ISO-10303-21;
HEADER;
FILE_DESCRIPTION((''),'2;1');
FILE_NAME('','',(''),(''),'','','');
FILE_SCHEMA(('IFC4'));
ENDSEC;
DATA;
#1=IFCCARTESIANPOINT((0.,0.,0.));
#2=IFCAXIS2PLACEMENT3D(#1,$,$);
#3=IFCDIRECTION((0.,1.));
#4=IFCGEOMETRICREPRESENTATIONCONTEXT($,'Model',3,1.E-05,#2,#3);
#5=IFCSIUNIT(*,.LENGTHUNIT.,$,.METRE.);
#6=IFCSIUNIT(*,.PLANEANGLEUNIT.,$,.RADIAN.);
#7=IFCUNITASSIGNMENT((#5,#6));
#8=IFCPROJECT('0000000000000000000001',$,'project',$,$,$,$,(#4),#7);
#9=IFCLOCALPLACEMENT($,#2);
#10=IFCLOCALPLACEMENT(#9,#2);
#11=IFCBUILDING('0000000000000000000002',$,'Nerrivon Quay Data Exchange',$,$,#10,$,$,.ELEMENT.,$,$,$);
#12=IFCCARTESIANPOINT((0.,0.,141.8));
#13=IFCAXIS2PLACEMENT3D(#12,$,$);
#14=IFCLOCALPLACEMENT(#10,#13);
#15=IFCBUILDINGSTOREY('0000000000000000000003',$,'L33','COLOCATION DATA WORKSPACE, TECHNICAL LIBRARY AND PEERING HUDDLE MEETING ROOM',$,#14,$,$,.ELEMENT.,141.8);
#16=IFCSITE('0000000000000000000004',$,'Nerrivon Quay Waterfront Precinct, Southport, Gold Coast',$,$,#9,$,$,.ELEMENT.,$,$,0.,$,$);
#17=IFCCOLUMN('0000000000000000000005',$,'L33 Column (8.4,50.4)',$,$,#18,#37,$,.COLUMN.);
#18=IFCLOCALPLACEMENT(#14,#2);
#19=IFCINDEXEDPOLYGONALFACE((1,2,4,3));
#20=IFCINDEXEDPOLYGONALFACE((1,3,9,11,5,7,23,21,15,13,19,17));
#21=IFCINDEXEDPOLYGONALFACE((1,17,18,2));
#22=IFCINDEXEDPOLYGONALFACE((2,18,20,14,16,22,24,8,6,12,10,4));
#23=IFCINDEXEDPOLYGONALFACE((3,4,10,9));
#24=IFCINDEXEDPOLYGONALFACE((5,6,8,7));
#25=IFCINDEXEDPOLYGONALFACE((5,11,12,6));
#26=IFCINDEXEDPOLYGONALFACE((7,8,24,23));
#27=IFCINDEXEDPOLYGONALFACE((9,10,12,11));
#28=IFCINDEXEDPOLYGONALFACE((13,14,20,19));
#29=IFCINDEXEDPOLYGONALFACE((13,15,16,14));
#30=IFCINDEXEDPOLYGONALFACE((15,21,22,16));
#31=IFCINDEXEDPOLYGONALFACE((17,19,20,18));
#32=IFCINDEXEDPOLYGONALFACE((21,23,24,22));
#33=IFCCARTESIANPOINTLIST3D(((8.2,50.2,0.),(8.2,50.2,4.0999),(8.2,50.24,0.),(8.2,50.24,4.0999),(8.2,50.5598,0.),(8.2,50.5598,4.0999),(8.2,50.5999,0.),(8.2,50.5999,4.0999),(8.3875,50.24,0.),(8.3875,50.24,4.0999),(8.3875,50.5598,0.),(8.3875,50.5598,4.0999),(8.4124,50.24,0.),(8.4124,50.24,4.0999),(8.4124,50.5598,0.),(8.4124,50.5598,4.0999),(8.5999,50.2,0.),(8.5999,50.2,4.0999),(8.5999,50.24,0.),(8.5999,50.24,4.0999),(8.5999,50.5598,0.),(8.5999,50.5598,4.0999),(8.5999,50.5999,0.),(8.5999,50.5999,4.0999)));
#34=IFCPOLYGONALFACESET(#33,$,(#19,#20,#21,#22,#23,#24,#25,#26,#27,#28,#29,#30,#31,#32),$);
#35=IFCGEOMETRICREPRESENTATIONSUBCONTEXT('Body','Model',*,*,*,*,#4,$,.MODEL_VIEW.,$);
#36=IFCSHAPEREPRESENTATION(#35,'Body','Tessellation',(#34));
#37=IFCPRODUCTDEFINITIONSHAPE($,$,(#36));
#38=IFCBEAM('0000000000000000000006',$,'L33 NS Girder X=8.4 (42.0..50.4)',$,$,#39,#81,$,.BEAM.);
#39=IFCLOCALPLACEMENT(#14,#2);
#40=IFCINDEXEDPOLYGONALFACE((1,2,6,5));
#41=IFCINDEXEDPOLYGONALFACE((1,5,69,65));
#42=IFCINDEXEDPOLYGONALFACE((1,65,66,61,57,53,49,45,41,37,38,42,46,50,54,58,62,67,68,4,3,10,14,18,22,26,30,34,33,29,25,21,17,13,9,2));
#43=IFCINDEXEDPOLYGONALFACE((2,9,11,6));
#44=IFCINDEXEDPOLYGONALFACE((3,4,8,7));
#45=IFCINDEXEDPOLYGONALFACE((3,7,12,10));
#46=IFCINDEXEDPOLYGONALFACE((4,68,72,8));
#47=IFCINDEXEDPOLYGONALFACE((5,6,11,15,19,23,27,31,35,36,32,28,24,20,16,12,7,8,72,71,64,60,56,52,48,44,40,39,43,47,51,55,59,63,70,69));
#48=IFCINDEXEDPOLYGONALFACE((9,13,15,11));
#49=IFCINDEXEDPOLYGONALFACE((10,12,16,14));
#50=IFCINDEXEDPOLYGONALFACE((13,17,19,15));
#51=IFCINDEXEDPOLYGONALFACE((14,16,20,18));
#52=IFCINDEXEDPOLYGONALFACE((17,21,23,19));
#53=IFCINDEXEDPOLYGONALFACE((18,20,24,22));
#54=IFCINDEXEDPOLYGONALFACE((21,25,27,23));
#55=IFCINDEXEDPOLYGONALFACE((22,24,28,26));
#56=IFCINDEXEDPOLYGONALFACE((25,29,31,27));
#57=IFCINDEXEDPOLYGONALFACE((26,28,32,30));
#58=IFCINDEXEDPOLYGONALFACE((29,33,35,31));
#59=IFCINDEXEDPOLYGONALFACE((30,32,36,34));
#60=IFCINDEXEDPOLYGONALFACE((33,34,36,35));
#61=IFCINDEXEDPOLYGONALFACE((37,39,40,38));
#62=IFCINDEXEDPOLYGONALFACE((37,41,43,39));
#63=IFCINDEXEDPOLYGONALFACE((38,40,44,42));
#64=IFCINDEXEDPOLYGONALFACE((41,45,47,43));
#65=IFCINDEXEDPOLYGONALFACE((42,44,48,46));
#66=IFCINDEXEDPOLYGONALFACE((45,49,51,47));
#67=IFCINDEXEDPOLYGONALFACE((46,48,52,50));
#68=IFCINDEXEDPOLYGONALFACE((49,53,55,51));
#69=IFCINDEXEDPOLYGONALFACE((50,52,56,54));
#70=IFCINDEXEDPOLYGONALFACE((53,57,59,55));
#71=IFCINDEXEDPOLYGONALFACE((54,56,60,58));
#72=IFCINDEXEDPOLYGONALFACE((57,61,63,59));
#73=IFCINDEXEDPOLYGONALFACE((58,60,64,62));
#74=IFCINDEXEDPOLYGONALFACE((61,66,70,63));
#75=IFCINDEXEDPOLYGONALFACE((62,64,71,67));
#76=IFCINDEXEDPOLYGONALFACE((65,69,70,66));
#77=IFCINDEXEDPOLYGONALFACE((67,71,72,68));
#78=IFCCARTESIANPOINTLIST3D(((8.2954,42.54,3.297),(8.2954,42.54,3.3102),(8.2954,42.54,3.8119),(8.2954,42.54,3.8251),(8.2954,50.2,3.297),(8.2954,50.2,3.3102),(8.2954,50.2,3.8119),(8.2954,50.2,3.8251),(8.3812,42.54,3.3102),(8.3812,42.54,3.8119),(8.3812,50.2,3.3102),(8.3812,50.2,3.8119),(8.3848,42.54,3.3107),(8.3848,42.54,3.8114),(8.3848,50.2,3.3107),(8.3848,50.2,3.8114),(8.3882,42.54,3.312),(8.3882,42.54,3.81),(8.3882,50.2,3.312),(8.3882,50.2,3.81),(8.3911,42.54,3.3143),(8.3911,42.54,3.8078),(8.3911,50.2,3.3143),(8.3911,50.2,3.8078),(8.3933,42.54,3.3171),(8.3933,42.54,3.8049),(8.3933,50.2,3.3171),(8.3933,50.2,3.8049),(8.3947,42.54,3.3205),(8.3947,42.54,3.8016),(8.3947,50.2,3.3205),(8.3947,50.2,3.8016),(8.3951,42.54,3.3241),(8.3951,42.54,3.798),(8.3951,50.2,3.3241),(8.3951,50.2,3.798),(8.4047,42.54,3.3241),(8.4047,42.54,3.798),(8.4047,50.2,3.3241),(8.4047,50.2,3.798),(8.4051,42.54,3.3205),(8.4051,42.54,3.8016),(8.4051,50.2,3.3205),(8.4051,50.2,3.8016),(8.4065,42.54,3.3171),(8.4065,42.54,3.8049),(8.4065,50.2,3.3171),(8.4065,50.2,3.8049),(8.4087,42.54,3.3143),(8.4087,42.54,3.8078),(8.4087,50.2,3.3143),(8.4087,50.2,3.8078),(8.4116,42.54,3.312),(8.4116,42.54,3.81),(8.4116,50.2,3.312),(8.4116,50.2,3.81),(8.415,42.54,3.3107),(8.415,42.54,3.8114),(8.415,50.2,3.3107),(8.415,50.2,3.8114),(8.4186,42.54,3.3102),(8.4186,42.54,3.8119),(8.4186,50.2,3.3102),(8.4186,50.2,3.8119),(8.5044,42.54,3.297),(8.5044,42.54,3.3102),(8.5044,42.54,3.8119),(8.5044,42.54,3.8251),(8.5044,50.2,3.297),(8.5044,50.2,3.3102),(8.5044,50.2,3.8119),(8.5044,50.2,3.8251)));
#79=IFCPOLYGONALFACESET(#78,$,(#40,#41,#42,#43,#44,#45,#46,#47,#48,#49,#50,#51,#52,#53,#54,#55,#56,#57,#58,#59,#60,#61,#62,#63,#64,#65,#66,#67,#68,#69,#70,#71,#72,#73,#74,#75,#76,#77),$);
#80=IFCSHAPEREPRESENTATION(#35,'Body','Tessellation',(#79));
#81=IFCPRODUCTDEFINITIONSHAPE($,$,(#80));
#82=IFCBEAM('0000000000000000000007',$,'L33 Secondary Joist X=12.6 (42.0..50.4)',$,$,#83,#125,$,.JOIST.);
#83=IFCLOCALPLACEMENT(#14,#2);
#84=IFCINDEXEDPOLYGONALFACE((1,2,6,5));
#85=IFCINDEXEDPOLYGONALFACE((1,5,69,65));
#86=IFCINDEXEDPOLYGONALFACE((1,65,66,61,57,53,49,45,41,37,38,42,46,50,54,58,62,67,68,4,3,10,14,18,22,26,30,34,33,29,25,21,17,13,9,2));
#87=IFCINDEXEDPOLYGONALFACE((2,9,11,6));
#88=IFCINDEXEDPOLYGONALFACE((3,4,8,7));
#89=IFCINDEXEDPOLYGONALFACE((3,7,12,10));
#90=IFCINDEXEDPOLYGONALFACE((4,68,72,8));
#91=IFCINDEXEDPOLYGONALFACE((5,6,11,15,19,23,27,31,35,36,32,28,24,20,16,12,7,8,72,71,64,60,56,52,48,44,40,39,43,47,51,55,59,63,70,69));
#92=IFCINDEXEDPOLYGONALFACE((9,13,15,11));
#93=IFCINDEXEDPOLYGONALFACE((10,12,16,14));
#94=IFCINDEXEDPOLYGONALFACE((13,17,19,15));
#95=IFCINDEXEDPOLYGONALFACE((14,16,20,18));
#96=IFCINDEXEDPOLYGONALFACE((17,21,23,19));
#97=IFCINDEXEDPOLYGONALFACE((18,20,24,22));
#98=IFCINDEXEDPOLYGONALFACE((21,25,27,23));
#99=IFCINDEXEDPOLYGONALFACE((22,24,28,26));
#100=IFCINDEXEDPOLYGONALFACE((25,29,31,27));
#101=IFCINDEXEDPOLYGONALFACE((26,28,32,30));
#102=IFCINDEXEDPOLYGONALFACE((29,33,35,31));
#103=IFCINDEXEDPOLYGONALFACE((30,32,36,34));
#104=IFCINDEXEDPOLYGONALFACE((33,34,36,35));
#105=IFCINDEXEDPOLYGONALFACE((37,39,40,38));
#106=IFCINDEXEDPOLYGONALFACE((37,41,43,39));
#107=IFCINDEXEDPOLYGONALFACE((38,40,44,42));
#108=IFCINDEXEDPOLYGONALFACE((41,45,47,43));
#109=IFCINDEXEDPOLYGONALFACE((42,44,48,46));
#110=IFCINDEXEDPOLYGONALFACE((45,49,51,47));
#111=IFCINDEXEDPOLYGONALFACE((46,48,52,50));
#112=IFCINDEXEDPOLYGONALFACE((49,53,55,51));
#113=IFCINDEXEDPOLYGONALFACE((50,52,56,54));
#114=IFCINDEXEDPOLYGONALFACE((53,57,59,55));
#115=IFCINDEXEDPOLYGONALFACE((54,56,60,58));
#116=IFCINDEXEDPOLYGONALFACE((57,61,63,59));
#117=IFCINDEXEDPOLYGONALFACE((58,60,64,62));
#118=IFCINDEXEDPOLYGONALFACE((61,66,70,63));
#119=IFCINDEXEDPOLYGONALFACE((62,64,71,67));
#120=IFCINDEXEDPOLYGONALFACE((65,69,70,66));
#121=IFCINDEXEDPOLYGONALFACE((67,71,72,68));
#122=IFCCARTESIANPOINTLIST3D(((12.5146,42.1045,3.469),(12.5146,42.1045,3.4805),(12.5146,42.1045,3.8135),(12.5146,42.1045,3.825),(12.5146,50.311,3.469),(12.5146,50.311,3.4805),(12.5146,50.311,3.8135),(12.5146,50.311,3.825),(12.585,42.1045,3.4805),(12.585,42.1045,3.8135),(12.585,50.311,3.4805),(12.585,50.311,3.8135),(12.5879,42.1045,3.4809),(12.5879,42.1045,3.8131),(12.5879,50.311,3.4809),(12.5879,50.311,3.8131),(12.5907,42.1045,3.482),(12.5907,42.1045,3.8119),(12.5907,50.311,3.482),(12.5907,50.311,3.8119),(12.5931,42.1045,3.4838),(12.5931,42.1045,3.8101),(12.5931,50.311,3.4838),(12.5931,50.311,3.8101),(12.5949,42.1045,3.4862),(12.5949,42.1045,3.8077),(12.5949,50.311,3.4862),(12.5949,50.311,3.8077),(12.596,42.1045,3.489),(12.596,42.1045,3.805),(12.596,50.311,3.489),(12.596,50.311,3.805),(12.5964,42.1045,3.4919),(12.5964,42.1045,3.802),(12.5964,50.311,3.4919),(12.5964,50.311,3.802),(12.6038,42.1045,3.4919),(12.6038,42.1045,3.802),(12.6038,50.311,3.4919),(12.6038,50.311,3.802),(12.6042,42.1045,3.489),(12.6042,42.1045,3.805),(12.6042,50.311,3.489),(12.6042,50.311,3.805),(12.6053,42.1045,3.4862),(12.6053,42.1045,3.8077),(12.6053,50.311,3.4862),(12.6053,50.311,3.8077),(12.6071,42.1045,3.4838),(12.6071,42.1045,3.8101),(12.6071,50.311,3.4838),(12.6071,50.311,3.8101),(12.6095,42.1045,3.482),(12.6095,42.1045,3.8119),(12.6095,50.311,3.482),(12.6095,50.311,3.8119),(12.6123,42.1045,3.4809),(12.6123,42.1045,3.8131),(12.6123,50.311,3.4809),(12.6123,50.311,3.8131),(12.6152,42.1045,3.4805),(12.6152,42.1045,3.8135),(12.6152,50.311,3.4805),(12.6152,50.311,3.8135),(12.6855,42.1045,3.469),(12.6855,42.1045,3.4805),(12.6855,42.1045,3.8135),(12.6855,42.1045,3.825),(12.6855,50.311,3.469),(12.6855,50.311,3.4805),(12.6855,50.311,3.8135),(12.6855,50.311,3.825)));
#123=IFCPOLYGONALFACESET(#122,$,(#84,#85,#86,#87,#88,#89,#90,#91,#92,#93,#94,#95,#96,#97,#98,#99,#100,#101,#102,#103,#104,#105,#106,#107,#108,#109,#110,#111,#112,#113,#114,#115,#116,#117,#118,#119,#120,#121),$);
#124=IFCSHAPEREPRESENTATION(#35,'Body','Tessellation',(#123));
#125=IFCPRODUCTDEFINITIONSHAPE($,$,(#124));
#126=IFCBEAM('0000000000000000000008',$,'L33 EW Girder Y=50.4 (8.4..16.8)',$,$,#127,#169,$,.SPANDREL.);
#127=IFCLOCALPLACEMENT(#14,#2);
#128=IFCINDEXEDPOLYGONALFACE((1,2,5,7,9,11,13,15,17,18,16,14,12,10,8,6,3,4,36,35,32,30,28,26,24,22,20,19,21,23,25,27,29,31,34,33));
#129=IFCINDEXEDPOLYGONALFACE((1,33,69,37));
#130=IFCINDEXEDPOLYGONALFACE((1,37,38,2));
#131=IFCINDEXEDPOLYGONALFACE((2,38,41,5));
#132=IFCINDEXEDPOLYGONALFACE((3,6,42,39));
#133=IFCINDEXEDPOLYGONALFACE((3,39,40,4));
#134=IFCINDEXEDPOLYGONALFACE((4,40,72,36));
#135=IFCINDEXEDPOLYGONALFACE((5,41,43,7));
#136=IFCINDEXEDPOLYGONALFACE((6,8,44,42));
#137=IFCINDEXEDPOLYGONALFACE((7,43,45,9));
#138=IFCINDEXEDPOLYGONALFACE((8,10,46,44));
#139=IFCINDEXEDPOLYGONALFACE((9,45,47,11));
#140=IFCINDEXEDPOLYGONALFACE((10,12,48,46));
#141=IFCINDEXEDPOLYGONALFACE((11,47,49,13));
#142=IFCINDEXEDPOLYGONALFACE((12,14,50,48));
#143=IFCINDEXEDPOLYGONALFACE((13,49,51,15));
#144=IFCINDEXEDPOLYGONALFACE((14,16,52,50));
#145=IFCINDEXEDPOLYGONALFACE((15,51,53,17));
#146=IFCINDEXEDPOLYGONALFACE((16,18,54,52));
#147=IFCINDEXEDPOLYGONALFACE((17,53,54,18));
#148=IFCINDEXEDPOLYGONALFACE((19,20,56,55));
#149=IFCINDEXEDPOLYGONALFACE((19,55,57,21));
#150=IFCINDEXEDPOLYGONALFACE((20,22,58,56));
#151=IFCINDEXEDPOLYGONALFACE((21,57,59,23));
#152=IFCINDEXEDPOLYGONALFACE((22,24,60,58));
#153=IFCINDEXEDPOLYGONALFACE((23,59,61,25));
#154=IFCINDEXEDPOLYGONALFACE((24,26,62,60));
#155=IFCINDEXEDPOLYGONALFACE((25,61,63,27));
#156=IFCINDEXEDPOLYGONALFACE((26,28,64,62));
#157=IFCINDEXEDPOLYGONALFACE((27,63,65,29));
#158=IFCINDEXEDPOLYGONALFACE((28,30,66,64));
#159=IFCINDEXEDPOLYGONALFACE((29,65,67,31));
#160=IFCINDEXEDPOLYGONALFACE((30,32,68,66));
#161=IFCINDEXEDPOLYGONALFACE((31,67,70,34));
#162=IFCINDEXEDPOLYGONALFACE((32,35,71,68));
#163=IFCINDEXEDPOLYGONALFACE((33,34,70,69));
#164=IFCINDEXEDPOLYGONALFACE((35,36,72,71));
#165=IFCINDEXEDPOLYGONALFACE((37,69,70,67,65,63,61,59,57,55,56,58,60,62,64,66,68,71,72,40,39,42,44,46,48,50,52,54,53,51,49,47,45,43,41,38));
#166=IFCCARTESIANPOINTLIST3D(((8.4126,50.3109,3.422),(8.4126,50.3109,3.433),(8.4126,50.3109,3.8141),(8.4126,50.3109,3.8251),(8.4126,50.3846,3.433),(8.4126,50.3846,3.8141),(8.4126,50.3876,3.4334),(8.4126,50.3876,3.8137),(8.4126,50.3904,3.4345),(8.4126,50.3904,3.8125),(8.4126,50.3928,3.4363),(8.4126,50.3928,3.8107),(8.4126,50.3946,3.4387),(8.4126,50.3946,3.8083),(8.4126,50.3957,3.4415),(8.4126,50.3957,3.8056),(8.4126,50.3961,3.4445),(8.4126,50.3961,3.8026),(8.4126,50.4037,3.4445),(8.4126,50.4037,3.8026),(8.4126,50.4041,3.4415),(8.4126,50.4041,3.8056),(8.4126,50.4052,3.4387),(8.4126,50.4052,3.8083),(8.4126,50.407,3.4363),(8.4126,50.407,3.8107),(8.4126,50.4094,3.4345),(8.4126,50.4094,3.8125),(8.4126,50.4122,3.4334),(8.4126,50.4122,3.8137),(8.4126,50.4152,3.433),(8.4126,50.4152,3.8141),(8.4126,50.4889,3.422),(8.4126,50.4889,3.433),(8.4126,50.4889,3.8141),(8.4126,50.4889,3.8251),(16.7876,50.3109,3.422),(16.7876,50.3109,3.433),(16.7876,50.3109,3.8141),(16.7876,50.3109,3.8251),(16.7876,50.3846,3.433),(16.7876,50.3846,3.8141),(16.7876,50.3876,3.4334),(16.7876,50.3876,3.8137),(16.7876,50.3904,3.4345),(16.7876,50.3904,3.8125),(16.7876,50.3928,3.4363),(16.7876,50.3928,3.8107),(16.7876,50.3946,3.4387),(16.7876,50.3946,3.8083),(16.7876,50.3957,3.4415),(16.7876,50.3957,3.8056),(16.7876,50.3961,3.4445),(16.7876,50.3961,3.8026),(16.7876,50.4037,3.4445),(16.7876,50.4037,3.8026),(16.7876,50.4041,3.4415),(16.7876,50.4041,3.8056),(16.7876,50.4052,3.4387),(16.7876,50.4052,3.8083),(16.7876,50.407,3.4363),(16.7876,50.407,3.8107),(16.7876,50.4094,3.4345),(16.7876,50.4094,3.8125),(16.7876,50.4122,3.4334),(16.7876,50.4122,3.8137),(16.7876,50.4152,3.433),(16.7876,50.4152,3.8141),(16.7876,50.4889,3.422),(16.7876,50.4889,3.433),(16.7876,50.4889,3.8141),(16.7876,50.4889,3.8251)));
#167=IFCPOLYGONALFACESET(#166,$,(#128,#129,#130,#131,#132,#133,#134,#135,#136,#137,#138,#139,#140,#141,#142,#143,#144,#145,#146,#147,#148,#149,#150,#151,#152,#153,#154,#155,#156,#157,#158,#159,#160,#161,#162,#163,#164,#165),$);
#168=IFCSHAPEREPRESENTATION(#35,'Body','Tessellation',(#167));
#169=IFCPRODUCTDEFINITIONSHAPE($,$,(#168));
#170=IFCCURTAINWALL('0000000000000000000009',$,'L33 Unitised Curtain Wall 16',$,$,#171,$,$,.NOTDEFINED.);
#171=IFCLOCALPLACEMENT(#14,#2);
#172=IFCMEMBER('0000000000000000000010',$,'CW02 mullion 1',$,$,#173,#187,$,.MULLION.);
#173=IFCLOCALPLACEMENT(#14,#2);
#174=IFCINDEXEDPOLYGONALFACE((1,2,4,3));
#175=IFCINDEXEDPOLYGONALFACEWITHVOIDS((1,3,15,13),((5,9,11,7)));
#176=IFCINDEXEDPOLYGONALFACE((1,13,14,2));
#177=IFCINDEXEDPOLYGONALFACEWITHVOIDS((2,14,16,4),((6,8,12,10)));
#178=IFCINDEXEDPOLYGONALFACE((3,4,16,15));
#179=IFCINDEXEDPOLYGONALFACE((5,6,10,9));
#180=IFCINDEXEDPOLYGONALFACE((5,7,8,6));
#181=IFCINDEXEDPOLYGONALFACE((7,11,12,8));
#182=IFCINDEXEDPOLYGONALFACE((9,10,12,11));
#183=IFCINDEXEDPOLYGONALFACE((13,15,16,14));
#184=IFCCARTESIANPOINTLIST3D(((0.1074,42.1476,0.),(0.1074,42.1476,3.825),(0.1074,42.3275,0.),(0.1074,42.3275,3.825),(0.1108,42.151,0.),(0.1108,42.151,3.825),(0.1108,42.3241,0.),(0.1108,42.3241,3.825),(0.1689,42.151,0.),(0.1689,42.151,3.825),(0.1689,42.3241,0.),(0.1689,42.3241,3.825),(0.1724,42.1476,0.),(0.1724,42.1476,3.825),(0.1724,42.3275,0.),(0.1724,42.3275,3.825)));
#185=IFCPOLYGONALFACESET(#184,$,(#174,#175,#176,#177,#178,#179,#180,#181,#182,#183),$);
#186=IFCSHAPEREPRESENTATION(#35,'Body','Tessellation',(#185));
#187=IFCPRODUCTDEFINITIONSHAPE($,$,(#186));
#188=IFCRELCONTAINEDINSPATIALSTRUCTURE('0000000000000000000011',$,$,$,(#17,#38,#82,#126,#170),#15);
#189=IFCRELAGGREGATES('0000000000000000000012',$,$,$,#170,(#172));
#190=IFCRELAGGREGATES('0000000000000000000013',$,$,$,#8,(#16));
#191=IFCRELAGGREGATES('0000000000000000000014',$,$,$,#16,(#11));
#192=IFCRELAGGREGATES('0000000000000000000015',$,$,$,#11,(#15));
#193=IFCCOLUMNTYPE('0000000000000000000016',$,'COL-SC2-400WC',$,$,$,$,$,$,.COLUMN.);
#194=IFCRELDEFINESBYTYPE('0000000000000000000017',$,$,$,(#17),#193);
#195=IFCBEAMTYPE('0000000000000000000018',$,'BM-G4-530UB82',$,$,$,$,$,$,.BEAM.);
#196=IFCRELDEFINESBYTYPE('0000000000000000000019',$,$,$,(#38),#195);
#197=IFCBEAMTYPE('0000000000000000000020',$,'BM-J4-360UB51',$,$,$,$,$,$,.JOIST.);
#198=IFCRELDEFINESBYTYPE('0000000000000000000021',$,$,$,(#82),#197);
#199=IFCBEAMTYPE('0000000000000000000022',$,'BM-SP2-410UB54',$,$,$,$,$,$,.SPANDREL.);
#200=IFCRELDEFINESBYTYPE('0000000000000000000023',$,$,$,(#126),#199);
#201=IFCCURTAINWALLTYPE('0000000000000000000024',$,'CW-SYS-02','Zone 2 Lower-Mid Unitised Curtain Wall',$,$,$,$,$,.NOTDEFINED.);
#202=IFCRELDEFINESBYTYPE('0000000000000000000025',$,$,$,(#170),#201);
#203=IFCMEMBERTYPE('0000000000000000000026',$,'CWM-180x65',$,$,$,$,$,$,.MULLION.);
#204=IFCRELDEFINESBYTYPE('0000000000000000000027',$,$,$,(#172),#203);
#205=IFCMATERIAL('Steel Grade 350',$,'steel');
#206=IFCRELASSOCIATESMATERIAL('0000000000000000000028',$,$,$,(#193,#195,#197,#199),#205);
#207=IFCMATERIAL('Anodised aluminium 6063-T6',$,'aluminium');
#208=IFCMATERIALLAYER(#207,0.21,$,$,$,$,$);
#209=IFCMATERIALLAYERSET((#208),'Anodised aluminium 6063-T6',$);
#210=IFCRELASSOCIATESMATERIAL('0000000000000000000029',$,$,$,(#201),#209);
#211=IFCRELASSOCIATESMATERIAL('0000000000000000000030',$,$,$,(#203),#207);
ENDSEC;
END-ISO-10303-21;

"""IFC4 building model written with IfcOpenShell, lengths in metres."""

from ifc_helpers import new_model, si_unit, direction, frame, origin, origin_2d, place, context, subcontext, project, spatial, hollow_rectangle, i_section, extrude, material, layer, layer_set, material_profile, profile_set, type_object, element, aggregate, save


model = new_model("IFC4")

# Units and contexts
model_context = context("Model", 3, precision=1e-05, world=origin(), true_north=direction((0.0, 1.0)))
body_context = subcontext(model_context, "Body", "Model", "MODEL_VIEW")
ifc_project = project(units=[si_unit("LENGTHUNIT", "METRE"), si_unit("PLANEANGLEUNIT", "RADIAN")], contexts=[model_context])

# Site, building, storey
site_placement = place(None, origin())
site = spatial("IfcSite", under=ifc_project, at=site_placement, Name="Nerrivon Quay Waterfront Precinct, Southport, Gold Coast", CompositionType="ELEMENT", RefElevation=0.0)
building_placement = place(site_placement, origin())
building = spatial("IfcBuilding", under=site, at=building_placement, Name="Nerrivon Quay Data Exchange", CompositionType="ELEMENT")
storey_placement = place(building_placement, frame((0.0, 0.0, 141.8)))
storey = spatial("IfcBuildingStorey", under=building, at=storey_placement, Name="L33", Description="COLOCATION DATA WORKSPACE, TECHNICAL LIBRARY AND PEERING HUDDLE MEETING ROOM", CompositionType="ELEMENT", Elevation=141.8)

# Column
ifc_material_1 = material(Name="Steel Grade 350", Category="steel")
ifc_material_profile_1 = material_profile(ifc_material_1, i_section(OverallWidth=0.3999, OverallDepth=0.3999, WebThickness=0.0249, FlangeThickness=0.04, at=origin_2d()), Name="400WC328")
ifc_profile_set_1 = profile_set([ifc_material_profile_1], Name="Steel Grade 350")
column_type = type_object("IfcColumnType", Name="COL-SC2-400WC", PredefinedType="COLUMN", material=ifc_profile_set_1)
column_placement = place(storey_placement, frame((8.3999, 50.3999, 0.0), z_axis=(0.0, 0.0, 1.0), x_axis=(1.0, 0.0, 0.0)))
element("IfcColumn", 1, at=column_placement, inside=storey, type_object=column_type, Name="L33 Column (8.4,50.4)", PredefinedType="COLUMN", context=body_context, shape_type="SweptSolid", body=[
    extrude(i_section(OverallWidth=0.3999, OverallDepth=0.3999, WebThickness=0.0249, FlangeThickness=0.04, at=origin_2d()), origin(), (0.0, 0.0, 1.0), 4.0999),
])

# Beams
ifc_material_profile_2 = material_profile(ifc_material_1, i_section(OverallWidth=0.209, OverallDepth=0.5281, WebThickness=0.0095, FlangeThickness=0.0132, FilletRadius=0.0139, at=origin_2d()), Name="530UB82.0")
ifc_profile_set_2 = profile_set([ifc_material_profile_2], Name="Steel Grade 350")
beam_type_1 = type_object("IfcBeamType", Name="BM-G4-530UB82", PredefinedType="BEAM", material=ifc_profile_set_2)
beam_1_placement = place(storey_placement, frame((8.3999, 42.54, 3.561), z_axis=(0.0, 1.0, 0.0), x_axis=(-1.0, 0.0, 0.0)))
element("IfcBeam", 2, at=beam_1_placement, inside=storey, type_object=beam_type_1, Name="L33 NS Girder X=8.4 (42.0..50.4)", PredefinedType="BEAM", context=body_context, shape_type="SweptSolid", body=[
    extrude(i_section(OverallWidth=0.209, OverallDepth=0.5281, WebThickness=0.0095, FlangeThickness=0.0132, FilletRadius=0.0139, at=origin_2d()), origin(), (0.0, 0.0, 1.0), 7.6599),
])
ifc_material_profile_3 = material_profile(ifc_material_1, i_section(OverallWidth=0.1709, OverallDepth=0.356, WebThickness=0.0073, FlangeThickness=0.0115, FilletRadius=0.0115, at=origin_2d()), Name="360UB50.7")
ifc_profile_set_3 = profile_set([ifc_material_profile_3], Name="Steel Grade 350")
beam_type_2 = type_object("IfcBeamType", Name="BM-J4-360UB51", PredefinedType="JOIST", material=ifc_profile_set_3)
beam_2_placement = place(storey_placement, frame((12.6001, 42.1045, 3.647), z_axis=(0.0, 1.0, 0.0), x_axis=(-1.0, 0.0, 0.0)))
element("IfcBeam", 3, at=beam_2_placement, inside=storey, type_object=beam_type_2, Name="L33 Secondary Joist X=12.6 (42.0..50.4)", PredefinedType="JOIST", context=body_context, shape_type="SweptSolid", body=[
    extrude(i_section(OverallWidth=0.1709, OverallDepth=0.356, WebThickness=0.0073, FlangeThickness=0.0115, FilletRadius=0.0115, at=origin_2d()), origin(), (0.0, 0.0, 1.0), 8.2065),
])
ifc_material_profile_4 = material_profile(ifc_material_1, i_section(OverallWidth=0.178, OverallDepth=0.4031, WebThickness=0.0076, FlangeThickness=0.011, FilletRadius=0.0115, at=origin_2d()), Name="410UB53.7")
ifc_profile_set_4 = profile_set([ifc_material_profile_4], Name="Steel Grade 350")
beam_type_3 = type_object("IfcBeamType", Name="BM-SP2-410UB54", PredefinedType="SPANDREL", material=ifc_profile_set_4)
beam_3_placement = place(storey_placement, frame((8.4126, 50.3999, 3.6235), z_axis=(1.0, 0.0, 0.0), x_axis=(0.0, 1.0, 0.0)))
element("IfcBeam", 4, at=beam_3_placement, inside=storey, type_object=beam_type_3, Name="L33 EW Girder Y=50.4 (8.4..16.8)", PredefinedType="SPANDREL", context=body_context, shape_type="SweptSolid", body=[
    extrude(i_section(OverallWidth=0.178, OverallDepth=0.4031, WebThickness=0.0076, FlangeThickness=0.011, FilletRadius=0.0115, at=origin_2d()), origin(), (0.0, 0.0, 1.0), 8.375),
])

# Curtain wall, member
ifc_material_2 = material(Name="Anodised aluminium 6063-T6", Category="aluminium")
ifc_layer_1 = layer(ifc_material_2, 0.21)
ifc_layer_set_1 = layer_set([ifc_layer_1], Name="Anodised aluminium 6063-T6")
curtain_wall_type = type_object("IfcCurtainWallType", Name="CW-SYS-02", Description="Zone 2 Lower-Mid Unitised Curtain Wall", PredefinedType="NOTDEFINED", material=ifc_layer_set_1)
curtain_wall_1_placement = place(storey_placement, origin())
curtain_wall_1 = element("IfcCurtainWall", 5, at=curtain_wall_1_placement, inside=storey, type_object=curtain_wall_type, Name="L33 Unitised Curtain Wall 16", PredefinedType="NOTDEFINED")
ifc_material_profile_5 = material_profile(ifc_material_2, hollow_rectangle(XDim=0.0649, YDim=0.1799, WallThickness=0.0034, at=origin_2d()), Name="ALU-MULL-180x65")
ifc_profile_set_5 = profile_set([ifc_material_profile_5], Name="Anodised aluminium 6063-T6")
member_type_1 = type_object("IfcMemberType", Name="CWM-180x65", PredefinedType="MULLION", material=ifc_profile_set_5)
member_1_placement = place(storey_placement, frame((0.1399, 42.2375, 0.0), z_axis=(0.0, 0.0, 1.0), x_axis=(-1.0, 0.0, 0.0)))
member_1 = element("IfcMember", 6, at=member_1_placement, type_object=member_type_1, Name="CW02 mullion 1", PredefinedType="MULLION", context=body_context, shape_type="SweptSolid", body=[
    extrude(hollow_rectangle(XDim=0.0649, YDim=0.1799, WallThickness=0.0034, at=origin_2d()), origin(), (0.0, 0.0, 1.0), 3.825),
])

aggregate(curtain_wall_1, [member_1])

save(model, "model.ifc")
